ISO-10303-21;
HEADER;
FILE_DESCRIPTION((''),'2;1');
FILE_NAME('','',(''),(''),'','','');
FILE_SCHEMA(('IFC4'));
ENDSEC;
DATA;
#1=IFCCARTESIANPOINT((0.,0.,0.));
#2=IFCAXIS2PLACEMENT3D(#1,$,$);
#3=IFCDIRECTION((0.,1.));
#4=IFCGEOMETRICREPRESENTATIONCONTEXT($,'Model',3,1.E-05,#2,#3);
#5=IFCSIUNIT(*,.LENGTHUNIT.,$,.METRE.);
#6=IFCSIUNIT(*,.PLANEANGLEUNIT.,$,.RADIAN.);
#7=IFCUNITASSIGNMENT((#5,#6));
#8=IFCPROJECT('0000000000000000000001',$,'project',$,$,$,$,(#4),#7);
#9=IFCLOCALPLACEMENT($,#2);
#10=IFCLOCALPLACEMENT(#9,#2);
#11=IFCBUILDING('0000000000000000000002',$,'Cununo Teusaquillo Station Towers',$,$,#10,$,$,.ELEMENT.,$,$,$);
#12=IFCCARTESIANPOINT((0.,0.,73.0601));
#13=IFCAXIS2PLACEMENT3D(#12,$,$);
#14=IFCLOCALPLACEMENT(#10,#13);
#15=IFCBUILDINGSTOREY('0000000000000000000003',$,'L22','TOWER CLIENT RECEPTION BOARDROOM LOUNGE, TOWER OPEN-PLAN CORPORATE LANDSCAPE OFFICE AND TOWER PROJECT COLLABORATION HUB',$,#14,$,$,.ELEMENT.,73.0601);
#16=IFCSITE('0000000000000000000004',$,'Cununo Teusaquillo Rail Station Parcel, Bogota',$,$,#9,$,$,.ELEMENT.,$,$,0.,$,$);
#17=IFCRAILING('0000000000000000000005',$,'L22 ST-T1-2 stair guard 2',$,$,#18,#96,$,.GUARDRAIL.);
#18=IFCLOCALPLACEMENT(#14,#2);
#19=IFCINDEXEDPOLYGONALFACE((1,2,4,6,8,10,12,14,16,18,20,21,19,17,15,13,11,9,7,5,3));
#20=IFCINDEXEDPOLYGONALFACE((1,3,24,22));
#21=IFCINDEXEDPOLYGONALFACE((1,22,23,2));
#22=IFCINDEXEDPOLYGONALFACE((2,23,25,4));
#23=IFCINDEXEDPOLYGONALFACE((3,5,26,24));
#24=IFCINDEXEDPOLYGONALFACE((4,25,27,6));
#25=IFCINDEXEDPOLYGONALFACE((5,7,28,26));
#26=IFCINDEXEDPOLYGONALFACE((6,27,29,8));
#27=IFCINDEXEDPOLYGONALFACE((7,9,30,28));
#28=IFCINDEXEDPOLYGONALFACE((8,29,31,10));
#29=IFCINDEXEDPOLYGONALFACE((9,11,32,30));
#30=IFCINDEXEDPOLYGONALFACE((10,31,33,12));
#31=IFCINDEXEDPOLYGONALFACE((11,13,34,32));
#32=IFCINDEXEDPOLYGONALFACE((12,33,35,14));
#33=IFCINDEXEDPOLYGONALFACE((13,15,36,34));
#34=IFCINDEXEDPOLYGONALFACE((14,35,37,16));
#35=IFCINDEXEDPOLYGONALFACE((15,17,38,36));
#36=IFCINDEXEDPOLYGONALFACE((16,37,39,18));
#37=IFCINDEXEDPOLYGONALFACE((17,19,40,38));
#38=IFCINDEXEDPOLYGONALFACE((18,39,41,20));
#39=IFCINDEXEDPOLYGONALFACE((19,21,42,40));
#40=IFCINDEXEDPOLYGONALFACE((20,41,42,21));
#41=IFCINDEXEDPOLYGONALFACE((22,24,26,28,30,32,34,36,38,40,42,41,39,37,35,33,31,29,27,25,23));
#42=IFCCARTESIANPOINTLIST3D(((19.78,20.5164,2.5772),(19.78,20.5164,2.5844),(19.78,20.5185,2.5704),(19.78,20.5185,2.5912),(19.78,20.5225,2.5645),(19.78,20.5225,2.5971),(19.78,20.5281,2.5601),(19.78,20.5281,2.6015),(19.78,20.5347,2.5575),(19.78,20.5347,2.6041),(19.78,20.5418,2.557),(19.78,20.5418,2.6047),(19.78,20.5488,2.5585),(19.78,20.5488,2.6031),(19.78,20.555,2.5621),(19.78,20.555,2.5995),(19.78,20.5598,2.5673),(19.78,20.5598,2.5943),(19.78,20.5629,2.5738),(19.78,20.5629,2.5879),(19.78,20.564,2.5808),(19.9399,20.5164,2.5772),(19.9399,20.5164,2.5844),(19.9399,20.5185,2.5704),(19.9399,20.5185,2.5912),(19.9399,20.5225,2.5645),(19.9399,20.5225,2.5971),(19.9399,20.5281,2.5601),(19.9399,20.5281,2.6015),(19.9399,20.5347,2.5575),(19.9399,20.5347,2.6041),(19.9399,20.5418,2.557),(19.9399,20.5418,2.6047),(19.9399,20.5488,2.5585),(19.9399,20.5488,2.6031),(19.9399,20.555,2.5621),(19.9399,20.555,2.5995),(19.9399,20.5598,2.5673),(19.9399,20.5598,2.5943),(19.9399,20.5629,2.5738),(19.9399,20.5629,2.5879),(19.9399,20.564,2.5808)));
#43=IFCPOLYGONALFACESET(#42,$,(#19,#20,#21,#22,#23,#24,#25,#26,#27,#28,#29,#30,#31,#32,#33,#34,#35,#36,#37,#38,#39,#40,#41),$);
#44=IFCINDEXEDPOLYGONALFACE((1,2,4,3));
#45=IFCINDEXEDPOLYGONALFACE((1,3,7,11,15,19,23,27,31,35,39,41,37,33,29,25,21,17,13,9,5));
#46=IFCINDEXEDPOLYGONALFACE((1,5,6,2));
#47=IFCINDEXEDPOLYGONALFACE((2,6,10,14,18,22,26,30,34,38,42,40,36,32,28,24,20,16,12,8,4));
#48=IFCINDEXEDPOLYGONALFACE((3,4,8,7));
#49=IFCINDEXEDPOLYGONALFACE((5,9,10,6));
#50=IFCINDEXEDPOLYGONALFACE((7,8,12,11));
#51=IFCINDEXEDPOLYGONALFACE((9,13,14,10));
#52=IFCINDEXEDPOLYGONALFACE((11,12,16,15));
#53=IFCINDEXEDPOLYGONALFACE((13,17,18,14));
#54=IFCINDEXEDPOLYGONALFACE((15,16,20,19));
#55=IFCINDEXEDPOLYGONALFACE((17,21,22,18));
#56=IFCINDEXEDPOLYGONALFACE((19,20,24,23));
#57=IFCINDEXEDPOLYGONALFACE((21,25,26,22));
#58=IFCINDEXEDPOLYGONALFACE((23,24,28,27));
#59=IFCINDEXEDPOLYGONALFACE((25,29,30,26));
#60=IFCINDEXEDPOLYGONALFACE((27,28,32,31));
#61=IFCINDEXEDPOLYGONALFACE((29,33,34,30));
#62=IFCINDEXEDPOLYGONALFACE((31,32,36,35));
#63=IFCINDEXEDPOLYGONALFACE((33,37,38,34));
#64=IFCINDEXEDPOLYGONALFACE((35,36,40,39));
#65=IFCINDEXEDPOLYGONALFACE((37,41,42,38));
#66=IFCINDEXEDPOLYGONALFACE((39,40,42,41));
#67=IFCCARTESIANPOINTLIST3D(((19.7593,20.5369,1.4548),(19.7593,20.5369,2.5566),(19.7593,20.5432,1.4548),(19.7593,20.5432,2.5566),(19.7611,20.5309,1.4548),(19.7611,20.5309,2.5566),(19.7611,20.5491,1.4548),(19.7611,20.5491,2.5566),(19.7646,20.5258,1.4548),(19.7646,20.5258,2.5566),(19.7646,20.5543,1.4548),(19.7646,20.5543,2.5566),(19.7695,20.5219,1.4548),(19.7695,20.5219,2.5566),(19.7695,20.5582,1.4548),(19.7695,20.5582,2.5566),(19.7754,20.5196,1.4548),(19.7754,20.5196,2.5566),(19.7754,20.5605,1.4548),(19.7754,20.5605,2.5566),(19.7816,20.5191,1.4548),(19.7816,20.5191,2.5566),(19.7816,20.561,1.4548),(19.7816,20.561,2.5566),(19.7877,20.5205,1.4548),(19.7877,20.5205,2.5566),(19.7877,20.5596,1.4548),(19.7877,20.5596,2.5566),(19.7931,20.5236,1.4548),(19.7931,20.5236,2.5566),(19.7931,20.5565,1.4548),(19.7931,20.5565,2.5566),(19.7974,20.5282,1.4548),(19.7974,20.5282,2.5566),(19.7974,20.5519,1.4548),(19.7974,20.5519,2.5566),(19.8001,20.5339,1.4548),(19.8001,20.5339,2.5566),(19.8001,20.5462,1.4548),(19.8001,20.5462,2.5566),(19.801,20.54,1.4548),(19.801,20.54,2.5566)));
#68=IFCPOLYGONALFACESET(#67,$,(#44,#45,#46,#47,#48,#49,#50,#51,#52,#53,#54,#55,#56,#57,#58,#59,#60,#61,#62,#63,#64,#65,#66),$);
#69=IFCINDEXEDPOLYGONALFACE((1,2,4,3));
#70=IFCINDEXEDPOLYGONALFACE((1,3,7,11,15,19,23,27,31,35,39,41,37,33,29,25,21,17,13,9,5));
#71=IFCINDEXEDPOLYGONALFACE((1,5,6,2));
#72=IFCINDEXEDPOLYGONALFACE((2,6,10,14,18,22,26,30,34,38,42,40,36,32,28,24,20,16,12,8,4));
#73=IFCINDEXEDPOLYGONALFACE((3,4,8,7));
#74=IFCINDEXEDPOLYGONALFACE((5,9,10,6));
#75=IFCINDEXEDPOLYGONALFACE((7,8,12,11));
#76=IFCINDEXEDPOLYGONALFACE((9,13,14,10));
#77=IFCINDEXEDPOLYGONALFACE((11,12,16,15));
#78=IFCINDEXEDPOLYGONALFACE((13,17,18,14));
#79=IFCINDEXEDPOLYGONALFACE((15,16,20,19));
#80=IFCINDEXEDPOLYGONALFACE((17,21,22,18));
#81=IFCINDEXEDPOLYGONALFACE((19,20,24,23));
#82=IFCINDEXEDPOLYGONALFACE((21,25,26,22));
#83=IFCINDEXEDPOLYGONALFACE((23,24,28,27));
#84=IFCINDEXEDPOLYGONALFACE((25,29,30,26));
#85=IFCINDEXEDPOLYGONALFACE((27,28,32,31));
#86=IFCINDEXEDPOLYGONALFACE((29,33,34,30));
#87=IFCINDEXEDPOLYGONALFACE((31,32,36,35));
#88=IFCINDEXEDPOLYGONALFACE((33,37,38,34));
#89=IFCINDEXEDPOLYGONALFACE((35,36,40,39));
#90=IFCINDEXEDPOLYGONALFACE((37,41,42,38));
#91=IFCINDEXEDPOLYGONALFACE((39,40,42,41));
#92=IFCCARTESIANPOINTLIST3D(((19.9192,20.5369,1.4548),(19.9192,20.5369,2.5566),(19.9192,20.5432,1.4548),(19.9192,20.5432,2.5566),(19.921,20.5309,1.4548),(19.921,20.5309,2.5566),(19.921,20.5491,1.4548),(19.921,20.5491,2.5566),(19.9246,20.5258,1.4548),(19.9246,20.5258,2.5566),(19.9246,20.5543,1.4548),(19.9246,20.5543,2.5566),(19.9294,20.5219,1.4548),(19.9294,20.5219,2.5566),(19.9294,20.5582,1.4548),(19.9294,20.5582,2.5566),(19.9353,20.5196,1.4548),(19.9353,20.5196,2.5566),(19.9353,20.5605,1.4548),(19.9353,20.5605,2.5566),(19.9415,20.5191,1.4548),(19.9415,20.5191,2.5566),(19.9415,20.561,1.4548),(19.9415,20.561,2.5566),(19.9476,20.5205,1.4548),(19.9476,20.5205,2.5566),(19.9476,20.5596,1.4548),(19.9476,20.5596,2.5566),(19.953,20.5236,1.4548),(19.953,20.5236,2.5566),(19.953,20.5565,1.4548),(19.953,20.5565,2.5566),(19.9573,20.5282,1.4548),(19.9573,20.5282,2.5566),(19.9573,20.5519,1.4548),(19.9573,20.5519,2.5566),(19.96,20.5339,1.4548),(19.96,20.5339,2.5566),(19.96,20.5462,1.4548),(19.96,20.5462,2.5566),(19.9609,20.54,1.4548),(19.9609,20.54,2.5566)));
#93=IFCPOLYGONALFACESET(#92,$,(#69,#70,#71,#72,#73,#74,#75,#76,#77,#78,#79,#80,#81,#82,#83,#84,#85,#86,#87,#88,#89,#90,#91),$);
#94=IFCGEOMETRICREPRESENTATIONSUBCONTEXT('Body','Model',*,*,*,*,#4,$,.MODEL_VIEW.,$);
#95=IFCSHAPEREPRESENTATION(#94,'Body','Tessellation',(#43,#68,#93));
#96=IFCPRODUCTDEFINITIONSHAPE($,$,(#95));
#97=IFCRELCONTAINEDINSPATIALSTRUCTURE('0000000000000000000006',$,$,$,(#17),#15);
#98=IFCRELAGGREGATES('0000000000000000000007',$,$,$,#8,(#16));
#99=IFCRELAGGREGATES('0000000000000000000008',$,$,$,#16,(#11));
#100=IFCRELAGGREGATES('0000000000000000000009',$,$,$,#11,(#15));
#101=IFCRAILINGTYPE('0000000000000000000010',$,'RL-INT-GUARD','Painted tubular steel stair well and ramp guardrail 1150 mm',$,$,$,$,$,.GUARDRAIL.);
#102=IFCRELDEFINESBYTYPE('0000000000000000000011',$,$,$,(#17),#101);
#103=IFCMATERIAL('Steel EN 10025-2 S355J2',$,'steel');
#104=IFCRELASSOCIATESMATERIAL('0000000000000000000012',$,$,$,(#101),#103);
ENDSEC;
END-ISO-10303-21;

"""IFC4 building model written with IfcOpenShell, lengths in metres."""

from ifc_helpers import new_model, si_unit, direction, frame, origin, origin_2d, place, context, subcontext, project, spatial, circle, extrude, material, type_object, element, save


model = new_model("IFC4")

# Units and contexts
model_context = context("Model", 3, precision=1e-05, world=origin(), true_north=direction((0.0, 1.0)))
body_context = subcontext(model_context, "Body", "Model", "MODEL_VIEW")
ifc_project = project(units=[si_unit("LENGTHUNIT", "METRE"), si_unit("PLANEANGLEUNIT", "RADIAN")], contexts=[model_context])

# Site, building, storey
site_placement = place(None, origin())
site = spatial("IfcSite", under=ifc_project, at=site_placement, Name="Cununo Teusaquillo Rail Station Parcel, Bogota", CompositionType="ELEMENT", RefElevation=0.0)
building_placement = place(site_placement, origin())
building = spatial("IfcBuilding", under=site, at=building_placement, Name="Cununo Teusaquillo Station Towers", CompositionType="ELEMENT")
storey_placement = place(building_placement, frame((0.0, 0.0, 73.0601)))
storey = spatial("IfcBuildingStorey", under=building, at=storey_placement, Name="L22", Description="TOWER CLIENT RECEPTION BOARDROOM LOUNGE, TOWER OPEN-PLAN CORPORATE LANDSCAPE OFFICE AND TOWER PROJECT COLLABORATION HUB", CompositionType="ELEMENT", Elevation=73.0601)

# Railing
ifc_material_1 = material(Name="Steel EN 10025-2 S355J2", Category="steel")
railing_type_1 = type_object("IfcRailingType", Name="RL-INT-GUARD", Description="Painted tubular steel stair well and ramp guardrail 1150 mm", PredefinedType="GUARDRAIL", material=ifc_material_1)
railing_1_placement = place(storey_placement, frame((19.78, 20.54, 1.4548)))
element("IfcRailing", 1, at=railing_1_placement, inside=storey, type_object=railing_type_1, Name="L22 ST-T1-2 stair guard 2", PredefinedType="GUARDRAIL", context=body_context, shape_type="SweptSolid", body=[
    extrude(circle(Radius=0.0239, at=origin_2d()), frame((0.0, 0.0, 1.126), z_axis=(1.0, 0.0, 0.0), x_axis=(0.0, 1.0, 0.0)), (0.0, 0.0, 1.0), 0.1599),
    extrude(circle(Radius=0.021, at=origin_2d()), origin(), (0.0, 0.0, 1.0), 1.1018),
    extrude(circle(Radius=0.021, at=origin_2d()), frame((0.1599, 0.0, 0.0)), (0.0, 0.0, 1.0), 1.1018),
])

save(model, "model.ifc")
